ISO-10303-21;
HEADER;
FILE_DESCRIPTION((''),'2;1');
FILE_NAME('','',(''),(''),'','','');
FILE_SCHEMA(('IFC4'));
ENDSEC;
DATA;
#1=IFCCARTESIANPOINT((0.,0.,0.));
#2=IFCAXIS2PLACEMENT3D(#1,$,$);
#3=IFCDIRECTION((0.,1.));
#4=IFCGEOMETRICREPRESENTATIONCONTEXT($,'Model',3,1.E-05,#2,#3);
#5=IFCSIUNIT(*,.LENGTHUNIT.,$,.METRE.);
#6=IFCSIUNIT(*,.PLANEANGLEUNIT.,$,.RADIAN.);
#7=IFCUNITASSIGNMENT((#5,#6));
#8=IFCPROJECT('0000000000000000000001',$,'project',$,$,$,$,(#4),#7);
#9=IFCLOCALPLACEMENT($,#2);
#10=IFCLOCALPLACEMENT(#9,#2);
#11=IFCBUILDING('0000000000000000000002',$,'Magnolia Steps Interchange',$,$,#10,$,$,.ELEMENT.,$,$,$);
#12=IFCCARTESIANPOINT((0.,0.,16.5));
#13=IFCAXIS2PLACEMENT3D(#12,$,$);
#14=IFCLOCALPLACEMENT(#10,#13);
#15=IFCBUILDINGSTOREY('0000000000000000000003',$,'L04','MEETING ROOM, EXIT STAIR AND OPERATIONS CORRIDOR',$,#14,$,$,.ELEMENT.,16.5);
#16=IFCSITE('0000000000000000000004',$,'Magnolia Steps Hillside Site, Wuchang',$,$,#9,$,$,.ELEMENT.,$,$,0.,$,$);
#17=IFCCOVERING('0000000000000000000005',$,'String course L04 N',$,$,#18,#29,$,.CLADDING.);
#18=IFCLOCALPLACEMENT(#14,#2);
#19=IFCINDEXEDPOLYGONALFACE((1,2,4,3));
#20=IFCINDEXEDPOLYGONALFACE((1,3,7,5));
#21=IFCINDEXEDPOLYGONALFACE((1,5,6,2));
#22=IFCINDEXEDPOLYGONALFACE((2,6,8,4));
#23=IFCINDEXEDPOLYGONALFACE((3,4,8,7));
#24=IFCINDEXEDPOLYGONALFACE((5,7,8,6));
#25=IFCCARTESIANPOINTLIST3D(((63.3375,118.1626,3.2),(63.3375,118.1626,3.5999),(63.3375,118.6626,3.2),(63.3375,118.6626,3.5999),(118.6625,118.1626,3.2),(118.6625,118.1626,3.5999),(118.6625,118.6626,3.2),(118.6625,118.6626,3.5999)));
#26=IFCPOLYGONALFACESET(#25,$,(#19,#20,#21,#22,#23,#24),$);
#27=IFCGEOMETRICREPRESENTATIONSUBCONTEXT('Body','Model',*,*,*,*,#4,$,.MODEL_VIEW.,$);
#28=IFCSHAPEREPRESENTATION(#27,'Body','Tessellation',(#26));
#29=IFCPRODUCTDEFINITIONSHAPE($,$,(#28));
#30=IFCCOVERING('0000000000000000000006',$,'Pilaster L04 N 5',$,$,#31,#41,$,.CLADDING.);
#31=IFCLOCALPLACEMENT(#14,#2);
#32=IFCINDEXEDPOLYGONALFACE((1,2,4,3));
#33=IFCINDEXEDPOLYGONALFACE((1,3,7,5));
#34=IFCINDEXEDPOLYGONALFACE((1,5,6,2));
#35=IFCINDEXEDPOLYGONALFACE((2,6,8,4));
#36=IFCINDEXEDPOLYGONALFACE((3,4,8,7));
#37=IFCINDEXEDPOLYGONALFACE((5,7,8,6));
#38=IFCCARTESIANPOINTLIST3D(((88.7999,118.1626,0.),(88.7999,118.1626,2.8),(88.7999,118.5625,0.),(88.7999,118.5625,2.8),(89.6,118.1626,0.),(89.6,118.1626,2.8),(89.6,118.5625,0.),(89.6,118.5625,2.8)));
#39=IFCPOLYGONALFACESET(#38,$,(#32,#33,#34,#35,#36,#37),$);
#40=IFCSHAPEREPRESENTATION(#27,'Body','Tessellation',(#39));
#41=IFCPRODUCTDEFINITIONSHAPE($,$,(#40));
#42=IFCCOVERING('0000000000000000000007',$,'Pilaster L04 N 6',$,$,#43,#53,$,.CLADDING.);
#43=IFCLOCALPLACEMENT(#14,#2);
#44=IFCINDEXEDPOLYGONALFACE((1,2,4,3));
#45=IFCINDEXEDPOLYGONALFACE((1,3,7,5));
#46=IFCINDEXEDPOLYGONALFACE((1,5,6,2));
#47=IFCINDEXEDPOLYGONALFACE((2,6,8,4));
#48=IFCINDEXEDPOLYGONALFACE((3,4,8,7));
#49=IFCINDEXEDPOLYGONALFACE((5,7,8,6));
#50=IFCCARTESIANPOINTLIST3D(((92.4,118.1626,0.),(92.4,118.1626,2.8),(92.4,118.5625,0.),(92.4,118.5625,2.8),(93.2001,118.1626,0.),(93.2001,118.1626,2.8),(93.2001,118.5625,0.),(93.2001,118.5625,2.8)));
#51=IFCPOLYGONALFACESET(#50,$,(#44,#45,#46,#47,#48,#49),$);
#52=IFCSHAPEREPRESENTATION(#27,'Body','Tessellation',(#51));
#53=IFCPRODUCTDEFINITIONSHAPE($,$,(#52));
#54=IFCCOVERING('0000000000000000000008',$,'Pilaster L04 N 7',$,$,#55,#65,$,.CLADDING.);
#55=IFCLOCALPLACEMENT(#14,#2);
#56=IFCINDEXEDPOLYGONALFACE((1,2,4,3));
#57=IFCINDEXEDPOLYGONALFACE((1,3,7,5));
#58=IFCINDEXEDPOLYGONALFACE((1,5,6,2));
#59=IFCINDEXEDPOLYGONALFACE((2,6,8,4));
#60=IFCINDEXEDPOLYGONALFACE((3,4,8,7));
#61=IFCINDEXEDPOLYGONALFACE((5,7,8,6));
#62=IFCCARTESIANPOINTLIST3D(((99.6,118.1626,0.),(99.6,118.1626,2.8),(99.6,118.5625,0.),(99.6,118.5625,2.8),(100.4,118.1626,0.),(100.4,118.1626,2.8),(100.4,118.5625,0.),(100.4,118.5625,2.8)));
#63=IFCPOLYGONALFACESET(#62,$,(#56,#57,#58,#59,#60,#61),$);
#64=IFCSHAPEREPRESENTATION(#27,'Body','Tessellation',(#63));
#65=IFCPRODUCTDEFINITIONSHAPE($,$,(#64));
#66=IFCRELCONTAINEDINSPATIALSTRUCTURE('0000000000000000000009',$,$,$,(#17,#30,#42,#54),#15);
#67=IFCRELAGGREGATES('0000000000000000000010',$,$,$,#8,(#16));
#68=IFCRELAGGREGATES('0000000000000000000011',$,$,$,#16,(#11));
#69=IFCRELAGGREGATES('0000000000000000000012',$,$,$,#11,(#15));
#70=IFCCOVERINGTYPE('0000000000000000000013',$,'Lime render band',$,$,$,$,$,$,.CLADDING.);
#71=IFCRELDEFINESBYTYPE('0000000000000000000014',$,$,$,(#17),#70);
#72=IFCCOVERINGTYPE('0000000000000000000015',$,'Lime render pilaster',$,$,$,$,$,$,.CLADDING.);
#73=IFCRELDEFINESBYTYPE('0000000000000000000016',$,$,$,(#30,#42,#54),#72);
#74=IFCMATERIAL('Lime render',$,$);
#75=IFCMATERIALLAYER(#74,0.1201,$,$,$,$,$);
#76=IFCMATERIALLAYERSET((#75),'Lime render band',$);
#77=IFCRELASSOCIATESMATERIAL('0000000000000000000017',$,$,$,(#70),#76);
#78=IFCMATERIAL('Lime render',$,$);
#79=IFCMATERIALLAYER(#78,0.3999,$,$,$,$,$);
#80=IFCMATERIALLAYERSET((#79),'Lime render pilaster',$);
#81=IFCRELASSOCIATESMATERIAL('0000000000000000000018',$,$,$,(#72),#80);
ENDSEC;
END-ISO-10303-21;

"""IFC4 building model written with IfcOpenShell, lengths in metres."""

from ifc_helpers import new_model, si_unit, direction, frame, origin, origin_2d, place, context, subcontext, project, spatial, rectangle, extrude, material, layer, layer_set, type_object, element, save


model = new_model("IFC4")

# Units and contexts
model_context = context("Model", 3, precision=1e-05, world=origin(), true_north=direction((0.0, 1.0)))
body_context = subcontext(model_context, "Body", "Model", "MODEL_VIEW")
ifc_project = project(units=[si_unit("LENGTHUNIT", "METRE"), si_unit("PLANEANGLEUNIT", "RADIAN")], contexts=[model_context])

# Site, building, storey
site_placement = place(None, origin())
site = spatial("IfcSite", under=ifc_project, at=site_placement, Name="Magnolia Steps Hillside Site, Wuchang", CompositionType="ELEMENT", RefElevation=0.0)
building_placement = place(site_placement, origin())
building = spatial("IfcBuilding", under=site, at=building_placement, Name="Magnolia Steps Interchange", CompositionType="ELEMENT")
storey_placement = place(building_placement, frame((0.0, 0.0, 16.5)))
storey = spatial("IfcBuildingStorey", under=building, at=storey_placement, Name="L04", Description="MEETING ROOM, EXIT STAIR AND OPERATIONS CORRIDOR", CompositionType="ELEMENT", Elevation=16.5)

# Coverings
ifc_material_1 = material(Name="Lime render")
ifc_layer_1 = layer(ifc_material_1, 0.1201)
ifc_layer_set_1 = layer_set([ifc_layer_1], Name="Lime render band")
covering_type_1 = type_object("IfcCoveringType", Name="Lime render band", PredefinedType="CLADDING", material=ifc_layer_set_1)
covering_1_placement = place(storey_placement, frame((91.0, 118.4126, 3.2), z_axis=(0.0, 0.0, 1.0), x_axis=(1.0, 0.0, 0.0)))
element("IfcCovering", 1, at=covering_1_placement, inside=storey, type_object=covering_type_1, Name="String course L04 N", PredefinedType="CLADDING", context=body_context, shape_type="SweptSolid", body=[
    extrude(rectangle(XDim=55.325, YDim=0.5, at=origin_2d()), origin(), (0.0, 0.0, 1.0), 0.3999),
])
ifc_material_2 = material(Name="Lime render")
ifc_layer_2 = layer(ifc_material_2, 0.3999)
ifc_layer_set_2 = layer_set([ifc_layer_2], Name="Lime render pilaster")
covering_type_2 = type_object("IfcCoveringType", Name="Lime render pilaster", PredefinedType="CLADDING", material=ifc_layer_set_2)
for number, where, z_axis, x_axis, name in (
    (2, (89.2, 118.3625, 0.0), (0.0, 0.0, 1.0), (1.0, 0.0, 0.0), "Pilaster L04 N 5"),
    (3, (92.8, 118.3625, 0.0), (0.0, 0.0, 1.0), (1.0, 0.0, 0.0), "Pilaster L04 N 6"),
    (4, (100.0, 118.3625, 0.0), (0.0, 0.0, 1.0), (1.0, 0.0, 0.0), "Pilaster L04 N 7"),
):
    element("IfcCovering", number, at=place(storey_placement, frame(where, z_axis=z_axis, x_axis=x_axis)), inside=storey, type_object=covering_type_2, Name=name, PredefinedType="CLADDING", context=body_context, shape_type="SweptSolid", body=[
        extrude(rectangle(XDim=0.8, YDim=0.3999, at=origin_2d()), origin(), (0.0, 0.0, 1.0), 2.8),
    ])

save(model, "model.ifc")
